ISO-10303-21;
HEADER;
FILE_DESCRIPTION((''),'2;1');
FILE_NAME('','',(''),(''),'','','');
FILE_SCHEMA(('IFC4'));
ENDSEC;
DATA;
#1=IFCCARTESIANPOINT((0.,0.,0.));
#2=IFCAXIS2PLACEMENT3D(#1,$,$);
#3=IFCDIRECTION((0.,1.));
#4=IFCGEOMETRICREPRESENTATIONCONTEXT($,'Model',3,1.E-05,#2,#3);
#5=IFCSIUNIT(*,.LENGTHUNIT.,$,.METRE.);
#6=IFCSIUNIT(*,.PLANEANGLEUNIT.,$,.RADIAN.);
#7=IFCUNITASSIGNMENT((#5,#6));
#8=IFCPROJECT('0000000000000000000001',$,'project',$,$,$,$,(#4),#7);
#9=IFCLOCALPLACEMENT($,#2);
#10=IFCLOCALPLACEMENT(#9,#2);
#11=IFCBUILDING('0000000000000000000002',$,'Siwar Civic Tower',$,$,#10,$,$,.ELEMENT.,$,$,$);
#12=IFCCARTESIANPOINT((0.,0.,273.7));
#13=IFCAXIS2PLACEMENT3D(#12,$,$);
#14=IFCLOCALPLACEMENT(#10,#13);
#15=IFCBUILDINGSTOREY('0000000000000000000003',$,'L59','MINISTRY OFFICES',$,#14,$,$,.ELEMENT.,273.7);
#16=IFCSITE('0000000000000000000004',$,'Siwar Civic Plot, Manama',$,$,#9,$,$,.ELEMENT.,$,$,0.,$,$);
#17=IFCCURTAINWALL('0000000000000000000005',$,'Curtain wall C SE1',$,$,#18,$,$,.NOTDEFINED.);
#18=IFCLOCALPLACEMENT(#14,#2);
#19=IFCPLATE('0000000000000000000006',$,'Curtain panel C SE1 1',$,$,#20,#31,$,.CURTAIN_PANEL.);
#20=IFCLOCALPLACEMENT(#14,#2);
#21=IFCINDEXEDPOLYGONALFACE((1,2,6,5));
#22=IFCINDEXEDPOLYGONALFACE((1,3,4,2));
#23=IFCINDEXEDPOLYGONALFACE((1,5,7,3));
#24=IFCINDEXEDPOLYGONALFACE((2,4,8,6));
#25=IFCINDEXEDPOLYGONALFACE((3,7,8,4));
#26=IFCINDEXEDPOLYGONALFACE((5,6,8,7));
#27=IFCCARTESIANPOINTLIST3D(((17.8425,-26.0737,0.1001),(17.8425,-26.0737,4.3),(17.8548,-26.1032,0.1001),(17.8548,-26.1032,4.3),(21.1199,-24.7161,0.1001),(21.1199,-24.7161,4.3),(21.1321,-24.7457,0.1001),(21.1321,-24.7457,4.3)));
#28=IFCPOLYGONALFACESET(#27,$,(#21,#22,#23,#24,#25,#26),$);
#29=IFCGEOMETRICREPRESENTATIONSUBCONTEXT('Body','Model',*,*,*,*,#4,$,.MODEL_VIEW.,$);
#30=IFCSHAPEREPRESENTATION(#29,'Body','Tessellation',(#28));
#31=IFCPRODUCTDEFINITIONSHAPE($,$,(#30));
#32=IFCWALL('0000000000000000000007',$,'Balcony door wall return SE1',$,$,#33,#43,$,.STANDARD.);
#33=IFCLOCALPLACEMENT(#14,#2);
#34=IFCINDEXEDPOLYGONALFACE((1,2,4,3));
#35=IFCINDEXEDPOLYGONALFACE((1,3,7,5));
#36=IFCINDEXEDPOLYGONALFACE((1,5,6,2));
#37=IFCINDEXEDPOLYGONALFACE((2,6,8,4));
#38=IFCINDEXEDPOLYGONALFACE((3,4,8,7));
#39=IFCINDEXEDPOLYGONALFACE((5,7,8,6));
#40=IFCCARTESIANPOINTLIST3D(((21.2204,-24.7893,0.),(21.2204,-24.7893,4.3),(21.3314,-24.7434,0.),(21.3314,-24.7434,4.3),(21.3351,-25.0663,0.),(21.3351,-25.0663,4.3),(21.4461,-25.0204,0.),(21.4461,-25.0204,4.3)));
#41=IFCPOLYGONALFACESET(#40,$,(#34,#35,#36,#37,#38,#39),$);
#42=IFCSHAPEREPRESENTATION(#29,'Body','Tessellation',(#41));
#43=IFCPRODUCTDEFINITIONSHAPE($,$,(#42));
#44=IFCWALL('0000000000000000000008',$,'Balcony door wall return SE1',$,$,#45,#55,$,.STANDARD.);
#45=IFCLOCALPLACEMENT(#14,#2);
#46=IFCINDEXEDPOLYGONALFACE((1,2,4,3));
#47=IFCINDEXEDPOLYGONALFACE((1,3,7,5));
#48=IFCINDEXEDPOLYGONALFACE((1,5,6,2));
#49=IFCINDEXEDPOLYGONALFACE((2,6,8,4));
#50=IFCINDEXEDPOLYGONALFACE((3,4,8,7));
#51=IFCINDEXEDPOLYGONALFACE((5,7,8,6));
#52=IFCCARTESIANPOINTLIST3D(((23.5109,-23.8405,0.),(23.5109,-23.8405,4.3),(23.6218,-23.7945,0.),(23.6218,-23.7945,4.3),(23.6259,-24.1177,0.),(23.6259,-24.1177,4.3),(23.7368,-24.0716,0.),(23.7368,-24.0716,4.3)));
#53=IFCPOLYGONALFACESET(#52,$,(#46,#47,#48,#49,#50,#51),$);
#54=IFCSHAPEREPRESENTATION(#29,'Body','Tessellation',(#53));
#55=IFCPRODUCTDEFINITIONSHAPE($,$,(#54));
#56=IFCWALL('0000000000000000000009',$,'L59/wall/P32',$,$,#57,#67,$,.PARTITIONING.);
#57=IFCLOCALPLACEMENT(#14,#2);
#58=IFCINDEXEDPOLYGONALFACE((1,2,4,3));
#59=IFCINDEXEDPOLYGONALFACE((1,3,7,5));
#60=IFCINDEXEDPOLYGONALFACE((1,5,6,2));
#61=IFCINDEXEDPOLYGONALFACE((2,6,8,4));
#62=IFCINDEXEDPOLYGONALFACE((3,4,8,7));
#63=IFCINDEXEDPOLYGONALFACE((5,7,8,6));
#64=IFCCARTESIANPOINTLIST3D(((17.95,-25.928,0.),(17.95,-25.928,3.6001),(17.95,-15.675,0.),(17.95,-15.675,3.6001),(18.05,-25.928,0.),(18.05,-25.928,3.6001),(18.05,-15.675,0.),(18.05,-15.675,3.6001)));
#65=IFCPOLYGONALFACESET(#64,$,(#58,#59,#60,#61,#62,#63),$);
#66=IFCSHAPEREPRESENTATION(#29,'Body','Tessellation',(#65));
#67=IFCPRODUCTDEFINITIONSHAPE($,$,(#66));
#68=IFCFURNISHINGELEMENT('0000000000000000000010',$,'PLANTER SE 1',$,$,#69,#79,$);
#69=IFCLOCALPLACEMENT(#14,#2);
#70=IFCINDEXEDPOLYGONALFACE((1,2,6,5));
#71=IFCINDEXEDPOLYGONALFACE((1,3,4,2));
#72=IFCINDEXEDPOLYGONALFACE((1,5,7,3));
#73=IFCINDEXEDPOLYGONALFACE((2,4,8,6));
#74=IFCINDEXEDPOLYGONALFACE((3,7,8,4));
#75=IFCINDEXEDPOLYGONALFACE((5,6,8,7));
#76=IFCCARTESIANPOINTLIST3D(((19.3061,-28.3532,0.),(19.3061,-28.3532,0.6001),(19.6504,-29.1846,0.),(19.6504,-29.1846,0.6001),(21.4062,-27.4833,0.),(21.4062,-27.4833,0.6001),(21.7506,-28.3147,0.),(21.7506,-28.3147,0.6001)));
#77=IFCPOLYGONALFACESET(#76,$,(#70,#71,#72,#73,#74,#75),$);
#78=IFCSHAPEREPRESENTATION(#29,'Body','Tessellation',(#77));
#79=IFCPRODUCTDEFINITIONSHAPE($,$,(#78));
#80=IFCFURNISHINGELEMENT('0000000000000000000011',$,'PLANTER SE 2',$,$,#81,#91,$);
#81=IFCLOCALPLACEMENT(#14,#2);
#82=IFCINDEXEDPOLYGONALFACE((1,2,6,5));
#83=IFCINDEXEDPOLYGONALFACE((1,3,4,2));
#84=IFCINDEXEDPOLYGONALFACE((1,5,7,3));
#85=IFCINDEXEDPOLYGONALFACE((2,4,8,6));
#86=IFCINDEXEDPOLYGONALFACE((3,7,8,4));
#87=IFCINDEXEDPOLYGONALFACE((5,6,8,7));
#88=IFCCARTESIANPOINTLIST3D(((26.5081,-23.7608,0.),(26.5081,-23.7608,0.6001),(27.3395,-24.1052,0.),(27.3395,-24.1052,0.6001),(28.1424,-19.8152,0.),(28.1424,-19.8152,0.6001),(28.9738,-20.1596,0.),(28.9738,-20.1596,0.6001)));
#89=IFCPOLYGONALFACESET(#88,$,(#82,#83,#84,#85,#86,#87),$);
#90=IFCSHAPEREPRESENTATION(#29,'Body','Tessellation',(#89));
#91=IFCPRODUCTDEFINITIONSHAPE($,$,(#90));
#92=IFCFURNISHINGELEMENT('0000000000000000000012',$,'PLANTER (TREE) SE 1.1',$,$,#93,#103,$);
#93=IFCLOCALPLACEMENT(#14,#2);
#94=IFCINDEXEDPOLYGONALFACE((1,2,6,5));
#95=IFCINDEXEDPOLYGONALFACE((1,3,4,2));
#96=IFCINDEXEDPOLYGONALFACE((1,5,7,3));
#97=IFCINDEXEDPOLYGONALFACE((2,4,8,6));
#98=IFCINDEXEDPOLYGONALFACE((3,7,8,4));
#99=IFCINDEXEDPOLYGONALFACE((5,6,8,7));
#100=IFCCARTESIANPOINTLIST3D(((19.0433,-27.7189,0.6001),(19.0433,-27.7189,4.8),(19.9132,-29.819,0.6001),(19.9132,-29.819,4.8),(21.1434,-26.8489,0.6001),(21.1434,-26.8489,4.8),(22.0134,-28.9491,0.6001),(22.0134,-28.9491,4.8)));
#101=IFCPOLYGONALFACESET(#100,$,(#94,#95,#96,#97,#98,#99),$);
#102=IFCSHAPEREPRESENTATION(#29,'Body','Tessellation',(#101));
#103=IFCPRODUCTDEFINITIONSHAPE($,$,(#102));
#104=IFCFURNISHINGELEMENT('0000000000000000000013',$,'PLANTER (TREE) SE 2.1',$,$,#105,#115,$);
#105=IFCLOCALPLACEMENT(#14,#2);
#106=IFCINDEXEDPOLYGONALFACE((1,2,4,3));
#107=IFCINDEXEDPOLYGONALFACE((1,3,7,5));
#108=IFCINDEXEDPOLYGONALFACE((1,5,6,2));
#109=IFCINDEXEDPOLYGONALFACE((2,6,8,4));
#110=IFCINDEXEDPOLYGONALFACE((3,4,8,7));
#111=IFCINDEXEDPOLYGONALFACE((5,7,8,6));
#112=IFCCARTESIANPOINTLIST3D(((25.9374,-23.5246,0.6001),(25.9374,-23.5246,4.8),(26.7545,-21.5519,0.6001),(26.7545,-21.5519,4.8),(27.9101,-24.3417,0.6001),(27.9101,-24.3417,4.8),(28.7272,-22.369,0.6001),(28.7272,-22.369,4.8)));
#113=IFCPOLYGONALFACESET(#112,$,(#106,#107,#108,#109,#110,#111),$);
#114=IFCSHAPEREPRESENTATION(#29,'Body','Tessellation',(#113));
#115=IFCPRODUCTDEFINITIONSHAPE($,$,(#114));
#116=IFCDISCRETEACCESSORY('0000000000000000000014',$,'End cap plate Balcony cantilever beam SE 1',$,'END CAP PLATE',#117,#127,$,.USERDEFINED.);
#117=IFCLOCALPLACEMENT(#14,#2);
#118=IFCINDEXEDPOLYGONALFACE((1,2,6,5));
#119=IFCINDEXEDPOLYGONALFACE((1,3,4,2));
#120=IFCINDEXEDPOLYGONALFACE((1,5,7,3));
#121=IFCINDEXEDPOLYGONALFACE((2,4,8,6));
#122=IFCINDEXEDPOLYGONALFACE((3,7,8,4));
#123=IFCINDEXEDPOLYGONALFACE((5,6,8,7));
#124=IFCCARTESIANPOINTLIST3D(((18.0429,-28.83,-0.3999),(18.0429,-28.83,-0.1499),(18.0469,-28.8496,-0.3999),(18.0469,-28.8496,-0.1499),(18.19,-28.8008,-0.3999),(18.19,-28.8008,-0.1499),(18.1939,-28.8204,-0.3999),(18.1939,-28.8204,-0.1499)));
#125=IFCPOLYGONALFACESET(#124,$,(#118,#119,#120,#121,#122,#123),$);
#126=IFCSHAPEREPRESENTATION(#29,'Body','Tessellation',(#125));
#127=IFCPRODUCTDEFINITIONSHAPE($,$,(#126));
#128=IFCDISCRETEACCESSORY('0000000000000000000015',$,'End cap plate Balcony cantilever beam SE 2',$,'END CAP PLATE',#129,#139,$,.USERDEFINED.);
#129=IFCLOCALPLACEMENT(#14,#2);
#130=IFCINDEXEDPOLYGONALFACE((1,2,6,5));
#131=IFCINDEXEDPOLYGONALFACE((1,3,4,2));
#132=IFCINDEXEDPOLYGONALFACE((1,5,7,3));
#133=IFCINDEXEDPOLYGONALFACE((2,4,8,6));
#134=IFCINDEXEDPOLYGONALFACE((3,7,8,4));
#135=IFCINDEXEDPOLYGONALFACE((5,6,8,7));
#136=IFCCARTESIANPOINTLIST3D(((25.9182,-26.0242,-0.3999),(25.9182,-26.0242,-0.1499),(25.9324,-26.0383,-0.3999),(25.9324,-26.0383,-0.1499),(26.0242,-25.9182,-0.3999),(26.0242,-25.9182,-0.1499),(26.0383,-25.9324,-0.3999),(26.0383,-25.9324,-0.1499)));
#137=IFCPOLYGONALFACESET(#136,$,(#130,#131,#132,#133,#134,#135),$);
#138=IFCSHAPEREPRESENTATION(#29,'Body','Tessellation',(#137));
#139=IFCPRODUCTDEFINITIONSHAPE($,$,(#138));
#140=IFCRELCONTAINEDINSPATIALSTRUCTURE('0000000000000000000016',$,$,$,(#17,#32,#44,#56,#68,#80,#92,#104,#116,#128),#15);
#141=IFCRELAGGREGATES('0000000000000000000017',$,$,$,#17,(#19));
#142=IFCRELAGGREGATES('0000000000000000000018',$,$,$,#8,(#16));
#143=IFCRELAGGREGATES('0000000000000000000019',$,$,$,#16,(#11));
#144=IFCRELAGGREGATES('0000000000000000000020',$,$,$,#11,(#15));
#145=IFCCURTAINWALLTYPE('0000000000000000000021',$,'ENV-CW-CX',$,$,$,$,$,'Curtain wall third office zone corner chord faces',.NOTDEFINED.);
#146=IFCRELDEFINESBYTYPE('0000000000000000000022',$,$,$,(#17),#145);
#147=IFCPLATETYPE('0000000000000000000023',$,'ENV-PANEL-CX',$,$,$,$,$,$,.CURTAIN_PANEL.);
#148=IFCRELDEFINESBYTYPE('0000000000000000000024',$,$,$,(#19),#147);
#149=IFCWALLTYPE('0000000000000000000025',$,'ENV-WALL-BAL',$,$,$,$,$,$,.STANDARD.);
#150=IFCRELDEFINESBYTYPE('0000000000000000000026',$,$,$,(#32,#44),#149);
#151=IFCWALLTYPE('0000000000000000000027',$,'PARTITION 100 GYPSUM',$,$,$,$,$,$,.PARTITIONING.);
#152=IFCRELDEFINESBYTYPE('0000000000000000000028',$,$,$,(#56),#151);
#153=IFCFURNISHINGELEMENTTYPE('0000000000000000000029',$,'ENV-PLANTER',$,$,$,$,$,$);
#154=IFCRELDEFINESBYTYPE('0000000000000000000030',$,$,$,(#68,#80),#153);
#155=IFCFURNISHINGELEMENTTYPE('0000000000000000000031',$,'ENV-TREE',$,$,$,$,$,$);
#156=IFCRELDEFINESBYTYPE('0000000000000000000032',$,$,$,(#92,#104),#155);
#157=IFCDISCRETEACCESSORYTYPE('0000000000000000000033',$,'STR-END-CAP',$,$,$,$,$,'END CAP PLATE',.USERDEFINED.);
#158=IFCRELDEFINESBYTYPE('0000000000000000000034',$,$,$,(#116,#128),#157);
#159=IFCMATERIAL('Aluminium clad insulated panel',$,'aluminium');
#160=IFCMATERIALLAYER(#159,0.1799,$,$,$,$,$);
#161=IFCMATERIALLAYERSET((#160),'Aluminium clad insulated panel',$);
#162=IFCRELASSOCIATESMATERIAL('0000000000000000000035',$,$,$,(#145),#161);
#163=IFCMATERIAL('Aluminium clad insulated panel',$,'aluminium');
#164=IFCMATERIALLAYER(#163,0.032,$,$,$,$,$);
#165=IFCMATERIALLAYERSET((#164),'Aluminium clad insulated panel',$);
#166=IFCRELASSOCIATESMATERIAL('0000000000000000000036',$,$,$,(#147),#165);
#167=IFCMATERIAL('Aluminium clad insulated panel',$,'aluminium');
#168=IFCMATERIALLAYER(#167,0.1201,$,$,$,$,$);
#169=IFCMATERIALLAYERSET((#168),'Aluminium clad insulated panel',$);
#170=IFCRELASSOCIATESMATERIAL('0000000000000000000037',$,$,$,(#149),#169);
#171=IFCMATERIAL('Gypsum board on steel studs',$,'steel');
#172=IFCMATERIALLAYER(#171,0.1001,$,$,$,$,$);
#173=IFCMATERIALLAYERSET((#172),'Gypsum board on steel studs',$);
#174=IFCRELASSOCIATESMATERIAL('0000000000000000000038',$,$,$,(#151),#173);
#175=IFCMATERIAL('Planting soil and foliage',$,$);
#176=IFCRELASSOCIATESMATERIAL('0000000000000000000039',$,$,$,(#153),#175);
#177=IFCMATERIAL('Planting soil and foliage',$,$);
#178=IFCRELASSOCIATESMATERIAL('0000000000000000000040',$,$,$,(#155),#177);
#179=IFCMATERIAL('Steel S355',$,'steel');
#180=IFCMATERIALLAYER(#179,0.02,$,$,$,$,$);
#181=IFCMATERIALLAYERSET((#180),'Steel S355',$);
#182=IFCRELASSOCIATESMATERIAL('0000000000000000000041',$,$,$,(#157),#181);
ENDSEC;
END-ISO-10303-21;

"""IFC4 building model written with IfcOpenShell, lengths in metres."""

from ifc_helpers import new_model, si_unit, direction, frame, frame_2d, origin, origin_2d, place, context, subcontext, project, spatial, rectangle, extrude, material, layer, layer_set, type_object, element, aggregate, save


model = new_model("IFC4")

# Units and contexts
model_context = context("Model", 3, precision=1e-05, world=origin(), true_north=direction((0.0, 1.0)))
body_context = subcontext(model_context, "Body", "Model", "MODEL_VIEW")
ifc_project = project(units=[si_unit("LENGTHUNIT", "METRE"), si_unit("PLANEANGLEUNIT", "RADIAN")], contexts=[model_context])

# Site, building, storey
site_placement = place(None, origin())
site = spatial("IfcSite", under=ifc_project, at=site_placement, Name="Siwar Civic Plot, Manama", CompositionType="ELEMENT", RefElevation=0.0)
building_placement = place(site_placement, origin())
building = spatial("IfcBuilding", under=site, at=building_placement, Name="Siwar Civic Tower", CompositionType="ELEMENT")
storey_placement = place(building_placement, frame((0.0, 0.0, 273.7)))
storey = spatial("IfcBuildingStorey", under=building, at=storey_placement, Name="L59", Description="MINISTRY OFFICES", CompositionType="ELEMENT", Elevation=273.7)

# Curtain wall
ifc_material_1 = material(Name="Aluminium clad insulated panel", Category="aluminium")
ifc_layer_1 = layer(ifc_material_1, 0.1799)
ifc_layer_set_1 = layer_set([ifc_layer_1], Name="Aluminium clad insulated panel")
curtain_wall_type = type_object("IfcCurtainWallType", Name="ENV-CW-CX", ElementType="Curtain wall third office zone corner chord faces", PredefinedType="NOTDEFINED", material=ifc_layer_set_1)
curtain_wall_1_placement = place(storey_placement, origin())
curtain_wall_1 = element("IfcCurtainWall", 1, at=curtain_wall_1_placement, inside=storey, type_object=curtain_wall_type, Name="Curtain wall C SE1", PredefinedType="NOTDEFINED")

# Plate
ifc_material_2 = material(Name="Aluminium clad insulated panel", Category="aluminium")
ifc_layer_2 = layer(ifc_material_2, 0.032)
ifc_layer_set_2 = layer_set([ifc_layer_2], Name="Aluminium clad insulated panel")
plate_type = type_object("IfcPlateType", Name="ENV-PANEL-CX", PredefinedType="CURTAIN_PANEL", material=ifc_layer_set_2)
plate_placement = place(storey_placement, frame((19.4873, -25.4097, 0.1001), z_axis=(0.0, 0.0, 1.0), x_axis=(0.92388, 0.382683, 0.0)))
plate = element("IfcPlate", 2, at=plate_placement, type_object=plate_type, Name="Curtain panel C SE1 1", PredefinedType="CURTAIN_PANEL", context=body_context, shape_type="SweptSolid", body=[
    extrude(rectangle(XDim=3.5474, YDim=0.032, at=origin_2d()), origin(), (0.0, 0.0, 1.0), 4.2),
])
aggregate(curtain_wall_1, [plate])

# Walls
ifc_material_3 = material(Name="Aluminium clad insulated panel", Category="aluminium")
ifc_layer_3 = layer(ifc_material_3, 0.1201)
ifc_layer_set_3 = layer_set([ifc_layer_3], Name="Aluminium clad insulated panel")
wall_type_1 = type_object("IfcWallType", Name="ENV-WALL-BAL", PredefinedType="STANDARD", material=ifc_layer_set_3)
wall_1_placement = place(storey_placement, frame((21.2759, -24.7664, 0.0), z_axis=(0.0, 0.0, 1.0), x_axis=(0.382591, -0.923918, 0.0)))
element("IfcWall", 3, at=wall_1_placement, inside=storey, type_object=wall_type_1, Name="Balcony door wall return SE1", PredefinedType="STANDARD", context=body_context, shape_type="SweptSolid", body=[
    extrude(rectangle(XDim=0.2998, YDim=0.1201, at=frame_2d((0.1499, 0.0))), origin(), (0.0, 0.0, 1.0), 4.3),
])
wall_2_placement = place(storey_placement, frame((23.5664, -23.8176, 0.0), z_axis=(0.0, 0.0, 1.0), x_axis=(0.383286, -0.92363, 0.0)))
element("IfcWall", 4, at=wall_2_placement, inside=storey, type_object=wall_type_1, Name="Balcony door wall return SE1", PredefinedType="STANDARD", context=body_context, shape_type="SweptSolid", body=[
    extrude(rectangle(XDim=0.3, YDim=0.1201, at=frame_2d((0.1499, 0.0))), origin(), (0.0, 0.0, 1.0), 4.3),
])

# Wall
ifc_material_4 = material(Name="Gypsum board on steel studs", Category="steel")
ifc_layer_4 = layer(ifc_material_4, 0.1001)
ifc_layer_set_4 = layer_set([ifc_layer_4], Name="Gypsum board on steel studs")
wall_type_2 = type_object("IfcWallType", Name="PARTITION 100 GYPSUM", PredefinedType="PARTITIONING", material=ifc_layer_set_4)
wall_3_placement = place(storey_placement, frame((18.0, -25.928, 0.0), z_axis=(0.0, 0.0, 1.0), x_axis=(0.0, 1.0, 0.0)))
element("IfcWall", 5, at=wall_3_placement, inside=storey, type_object=wall_type_2, Name="L59/wall/P32", PredefinedType="PARTITIONING", context=body_context, shape_type="SweptSolid", body=[
    extrude(rectangle(XDim=10.2529, YDim=0.1001, at=frame_2d((5.1265, 0.0))), origin(), (0.0, 0.0, 1.0), 3.6001),
])

# Furnishing elements
ifc_material_5 = material(Name="Planting soil and foliage")
furnishing_element_type_1 = type_object("IfcFurnishingElementType", Name="ENV-PLANTER", material=ifc_material_5)
furnishing_1_placement = place(storey_placement, frame((20.5283, -28.334, 0.0), z_axis=(0.0, 0.0, 1.0), x_axis=(0.92388, 0.382683, 0.0)))
element("IfcFurnishingElement", 6, at=furnishing_1_placement, inside=storey, type_object=furnishing_element_type_1, Name="PLANTER SE 1", context=body_context, shape_type="SweptSolid", body=[
    extrude(rectangle(XDim=2.2732, YDim=0.8999, at=origin_2d()), origin(), (0.0, 0.0, 1.0), 0.6001),
])
furnishing_2_placement = place(storey_placement, frame((27.741, -21.9602, 0.0), z_axis=(0.0, 0.0, 1.0), x_axis=(0.382683, 0.92388, 0.0)))
element("IfcFurnishingElement", 7, at=furnishing_2_placement, inside=storey, type_object=furnishing_element_type_1, Name="PLANTER SE 2", context=body_context, shape_type="SweptSolid", body=[
    extrude(rectangle(XDim=4.2708, YDim=0.8999, at=origin_2d()), origin(), (0.0, 0.0, 1.0), 0.6001),
])
ifc_material_6 = material(Name="Planting soil and foliage")
furnishing_element_type_2 = type_object("IfcFurnishingElementType", Name="ENV-TREE", material=ifc_material_6)
furnishing_3_placement = place(storey_placement, frame((20.5283, -28.334, 0.6001), z_axis=(0.0, 0.0, 1.0), x_axis=(0.92388, 0.382683, 0.0)))
element("IfcFurnishingElement", 8, at=furnishing_3_placement, inside=storey, type_object=furnishing_element_type_2, Name="PLANTER (TREE) SE 1.1", context=body_context, shape_type="SweptSolid", body=[
    extrude(rectangle(XDim=2.2732, YDim=2.2732, at=origin_2d()), origin(), (0.0, 0.0, 1.0), 4.2),
])
furnishing_4_placement = place(storey_placement, frame((27.3323, -22.9468, 0.6001), z_axis=(0.0, 0.0, 1.0), x_axis=(0.382683, 0.92388, 0.0)))
element("IfcFurnishingElement", 9, at=furnishing_4_placement, inside=storey, type_object=furnishing_element_type_2, Name="PLANTER (TREE) SE 2.1", context=body_context, shape_type="SweptSolid", body=[
    extrude(rectangle(XDim=2.1353, YDim=2.1353, at=origin_2d()), origin(), (0.0, 0.0, 1.0), 4.2),
])

# Discrete accessories
ifc_material_7 = material(Name="Steel S355", Category="steel")
ifc_layer_5 = layer(ifc_material_7, 0.02)
ifc_layer_set_5 = layer_set([ifc_layer_5], Name="Steel S355")
discrete_accessory_type = type_object("IfcDiscreteAccessoryType", Name="STR-END-CAP", ElementType="END CAP PLATE", PredefinedType="USERDEFINED", material=ifc_layer_set_5)
for number, where, z_axis, x_axis, name in (
    (10, (18.1184, -28.8252, -0.3999), (0.0, 0.0, 1.0), (0.19509, -0.980785, 0.0), "End cap plate Balcony cantilever beam SE 1"),
    (11, (25.9783, -25.9783, -0.3999), (0.0, 0.0, 1.0), (0.707107, -0.707107, 0.0), "End cap plate Balcony cantilever beam SE 2"),
):
    element("IfcDiscreteAccessory", number, at=place(storey_placement, frame(where, z_axis=z_axis, x_axis=x_axis)), inside=storey, type_object=discrete_accessory_type, Name=name, ObjectType="END CAP PLATE", PredefinedType="USERDEFINED", context=body_context, shape_type="SweptSolid", body=[
        extrude(rectangle(XDim=0.02, YDim=0.1499, at=origin_2d()), origin(), (0.0, 0.0, 1.0), 0.25),
    ])

save(model, "model.ifc")
